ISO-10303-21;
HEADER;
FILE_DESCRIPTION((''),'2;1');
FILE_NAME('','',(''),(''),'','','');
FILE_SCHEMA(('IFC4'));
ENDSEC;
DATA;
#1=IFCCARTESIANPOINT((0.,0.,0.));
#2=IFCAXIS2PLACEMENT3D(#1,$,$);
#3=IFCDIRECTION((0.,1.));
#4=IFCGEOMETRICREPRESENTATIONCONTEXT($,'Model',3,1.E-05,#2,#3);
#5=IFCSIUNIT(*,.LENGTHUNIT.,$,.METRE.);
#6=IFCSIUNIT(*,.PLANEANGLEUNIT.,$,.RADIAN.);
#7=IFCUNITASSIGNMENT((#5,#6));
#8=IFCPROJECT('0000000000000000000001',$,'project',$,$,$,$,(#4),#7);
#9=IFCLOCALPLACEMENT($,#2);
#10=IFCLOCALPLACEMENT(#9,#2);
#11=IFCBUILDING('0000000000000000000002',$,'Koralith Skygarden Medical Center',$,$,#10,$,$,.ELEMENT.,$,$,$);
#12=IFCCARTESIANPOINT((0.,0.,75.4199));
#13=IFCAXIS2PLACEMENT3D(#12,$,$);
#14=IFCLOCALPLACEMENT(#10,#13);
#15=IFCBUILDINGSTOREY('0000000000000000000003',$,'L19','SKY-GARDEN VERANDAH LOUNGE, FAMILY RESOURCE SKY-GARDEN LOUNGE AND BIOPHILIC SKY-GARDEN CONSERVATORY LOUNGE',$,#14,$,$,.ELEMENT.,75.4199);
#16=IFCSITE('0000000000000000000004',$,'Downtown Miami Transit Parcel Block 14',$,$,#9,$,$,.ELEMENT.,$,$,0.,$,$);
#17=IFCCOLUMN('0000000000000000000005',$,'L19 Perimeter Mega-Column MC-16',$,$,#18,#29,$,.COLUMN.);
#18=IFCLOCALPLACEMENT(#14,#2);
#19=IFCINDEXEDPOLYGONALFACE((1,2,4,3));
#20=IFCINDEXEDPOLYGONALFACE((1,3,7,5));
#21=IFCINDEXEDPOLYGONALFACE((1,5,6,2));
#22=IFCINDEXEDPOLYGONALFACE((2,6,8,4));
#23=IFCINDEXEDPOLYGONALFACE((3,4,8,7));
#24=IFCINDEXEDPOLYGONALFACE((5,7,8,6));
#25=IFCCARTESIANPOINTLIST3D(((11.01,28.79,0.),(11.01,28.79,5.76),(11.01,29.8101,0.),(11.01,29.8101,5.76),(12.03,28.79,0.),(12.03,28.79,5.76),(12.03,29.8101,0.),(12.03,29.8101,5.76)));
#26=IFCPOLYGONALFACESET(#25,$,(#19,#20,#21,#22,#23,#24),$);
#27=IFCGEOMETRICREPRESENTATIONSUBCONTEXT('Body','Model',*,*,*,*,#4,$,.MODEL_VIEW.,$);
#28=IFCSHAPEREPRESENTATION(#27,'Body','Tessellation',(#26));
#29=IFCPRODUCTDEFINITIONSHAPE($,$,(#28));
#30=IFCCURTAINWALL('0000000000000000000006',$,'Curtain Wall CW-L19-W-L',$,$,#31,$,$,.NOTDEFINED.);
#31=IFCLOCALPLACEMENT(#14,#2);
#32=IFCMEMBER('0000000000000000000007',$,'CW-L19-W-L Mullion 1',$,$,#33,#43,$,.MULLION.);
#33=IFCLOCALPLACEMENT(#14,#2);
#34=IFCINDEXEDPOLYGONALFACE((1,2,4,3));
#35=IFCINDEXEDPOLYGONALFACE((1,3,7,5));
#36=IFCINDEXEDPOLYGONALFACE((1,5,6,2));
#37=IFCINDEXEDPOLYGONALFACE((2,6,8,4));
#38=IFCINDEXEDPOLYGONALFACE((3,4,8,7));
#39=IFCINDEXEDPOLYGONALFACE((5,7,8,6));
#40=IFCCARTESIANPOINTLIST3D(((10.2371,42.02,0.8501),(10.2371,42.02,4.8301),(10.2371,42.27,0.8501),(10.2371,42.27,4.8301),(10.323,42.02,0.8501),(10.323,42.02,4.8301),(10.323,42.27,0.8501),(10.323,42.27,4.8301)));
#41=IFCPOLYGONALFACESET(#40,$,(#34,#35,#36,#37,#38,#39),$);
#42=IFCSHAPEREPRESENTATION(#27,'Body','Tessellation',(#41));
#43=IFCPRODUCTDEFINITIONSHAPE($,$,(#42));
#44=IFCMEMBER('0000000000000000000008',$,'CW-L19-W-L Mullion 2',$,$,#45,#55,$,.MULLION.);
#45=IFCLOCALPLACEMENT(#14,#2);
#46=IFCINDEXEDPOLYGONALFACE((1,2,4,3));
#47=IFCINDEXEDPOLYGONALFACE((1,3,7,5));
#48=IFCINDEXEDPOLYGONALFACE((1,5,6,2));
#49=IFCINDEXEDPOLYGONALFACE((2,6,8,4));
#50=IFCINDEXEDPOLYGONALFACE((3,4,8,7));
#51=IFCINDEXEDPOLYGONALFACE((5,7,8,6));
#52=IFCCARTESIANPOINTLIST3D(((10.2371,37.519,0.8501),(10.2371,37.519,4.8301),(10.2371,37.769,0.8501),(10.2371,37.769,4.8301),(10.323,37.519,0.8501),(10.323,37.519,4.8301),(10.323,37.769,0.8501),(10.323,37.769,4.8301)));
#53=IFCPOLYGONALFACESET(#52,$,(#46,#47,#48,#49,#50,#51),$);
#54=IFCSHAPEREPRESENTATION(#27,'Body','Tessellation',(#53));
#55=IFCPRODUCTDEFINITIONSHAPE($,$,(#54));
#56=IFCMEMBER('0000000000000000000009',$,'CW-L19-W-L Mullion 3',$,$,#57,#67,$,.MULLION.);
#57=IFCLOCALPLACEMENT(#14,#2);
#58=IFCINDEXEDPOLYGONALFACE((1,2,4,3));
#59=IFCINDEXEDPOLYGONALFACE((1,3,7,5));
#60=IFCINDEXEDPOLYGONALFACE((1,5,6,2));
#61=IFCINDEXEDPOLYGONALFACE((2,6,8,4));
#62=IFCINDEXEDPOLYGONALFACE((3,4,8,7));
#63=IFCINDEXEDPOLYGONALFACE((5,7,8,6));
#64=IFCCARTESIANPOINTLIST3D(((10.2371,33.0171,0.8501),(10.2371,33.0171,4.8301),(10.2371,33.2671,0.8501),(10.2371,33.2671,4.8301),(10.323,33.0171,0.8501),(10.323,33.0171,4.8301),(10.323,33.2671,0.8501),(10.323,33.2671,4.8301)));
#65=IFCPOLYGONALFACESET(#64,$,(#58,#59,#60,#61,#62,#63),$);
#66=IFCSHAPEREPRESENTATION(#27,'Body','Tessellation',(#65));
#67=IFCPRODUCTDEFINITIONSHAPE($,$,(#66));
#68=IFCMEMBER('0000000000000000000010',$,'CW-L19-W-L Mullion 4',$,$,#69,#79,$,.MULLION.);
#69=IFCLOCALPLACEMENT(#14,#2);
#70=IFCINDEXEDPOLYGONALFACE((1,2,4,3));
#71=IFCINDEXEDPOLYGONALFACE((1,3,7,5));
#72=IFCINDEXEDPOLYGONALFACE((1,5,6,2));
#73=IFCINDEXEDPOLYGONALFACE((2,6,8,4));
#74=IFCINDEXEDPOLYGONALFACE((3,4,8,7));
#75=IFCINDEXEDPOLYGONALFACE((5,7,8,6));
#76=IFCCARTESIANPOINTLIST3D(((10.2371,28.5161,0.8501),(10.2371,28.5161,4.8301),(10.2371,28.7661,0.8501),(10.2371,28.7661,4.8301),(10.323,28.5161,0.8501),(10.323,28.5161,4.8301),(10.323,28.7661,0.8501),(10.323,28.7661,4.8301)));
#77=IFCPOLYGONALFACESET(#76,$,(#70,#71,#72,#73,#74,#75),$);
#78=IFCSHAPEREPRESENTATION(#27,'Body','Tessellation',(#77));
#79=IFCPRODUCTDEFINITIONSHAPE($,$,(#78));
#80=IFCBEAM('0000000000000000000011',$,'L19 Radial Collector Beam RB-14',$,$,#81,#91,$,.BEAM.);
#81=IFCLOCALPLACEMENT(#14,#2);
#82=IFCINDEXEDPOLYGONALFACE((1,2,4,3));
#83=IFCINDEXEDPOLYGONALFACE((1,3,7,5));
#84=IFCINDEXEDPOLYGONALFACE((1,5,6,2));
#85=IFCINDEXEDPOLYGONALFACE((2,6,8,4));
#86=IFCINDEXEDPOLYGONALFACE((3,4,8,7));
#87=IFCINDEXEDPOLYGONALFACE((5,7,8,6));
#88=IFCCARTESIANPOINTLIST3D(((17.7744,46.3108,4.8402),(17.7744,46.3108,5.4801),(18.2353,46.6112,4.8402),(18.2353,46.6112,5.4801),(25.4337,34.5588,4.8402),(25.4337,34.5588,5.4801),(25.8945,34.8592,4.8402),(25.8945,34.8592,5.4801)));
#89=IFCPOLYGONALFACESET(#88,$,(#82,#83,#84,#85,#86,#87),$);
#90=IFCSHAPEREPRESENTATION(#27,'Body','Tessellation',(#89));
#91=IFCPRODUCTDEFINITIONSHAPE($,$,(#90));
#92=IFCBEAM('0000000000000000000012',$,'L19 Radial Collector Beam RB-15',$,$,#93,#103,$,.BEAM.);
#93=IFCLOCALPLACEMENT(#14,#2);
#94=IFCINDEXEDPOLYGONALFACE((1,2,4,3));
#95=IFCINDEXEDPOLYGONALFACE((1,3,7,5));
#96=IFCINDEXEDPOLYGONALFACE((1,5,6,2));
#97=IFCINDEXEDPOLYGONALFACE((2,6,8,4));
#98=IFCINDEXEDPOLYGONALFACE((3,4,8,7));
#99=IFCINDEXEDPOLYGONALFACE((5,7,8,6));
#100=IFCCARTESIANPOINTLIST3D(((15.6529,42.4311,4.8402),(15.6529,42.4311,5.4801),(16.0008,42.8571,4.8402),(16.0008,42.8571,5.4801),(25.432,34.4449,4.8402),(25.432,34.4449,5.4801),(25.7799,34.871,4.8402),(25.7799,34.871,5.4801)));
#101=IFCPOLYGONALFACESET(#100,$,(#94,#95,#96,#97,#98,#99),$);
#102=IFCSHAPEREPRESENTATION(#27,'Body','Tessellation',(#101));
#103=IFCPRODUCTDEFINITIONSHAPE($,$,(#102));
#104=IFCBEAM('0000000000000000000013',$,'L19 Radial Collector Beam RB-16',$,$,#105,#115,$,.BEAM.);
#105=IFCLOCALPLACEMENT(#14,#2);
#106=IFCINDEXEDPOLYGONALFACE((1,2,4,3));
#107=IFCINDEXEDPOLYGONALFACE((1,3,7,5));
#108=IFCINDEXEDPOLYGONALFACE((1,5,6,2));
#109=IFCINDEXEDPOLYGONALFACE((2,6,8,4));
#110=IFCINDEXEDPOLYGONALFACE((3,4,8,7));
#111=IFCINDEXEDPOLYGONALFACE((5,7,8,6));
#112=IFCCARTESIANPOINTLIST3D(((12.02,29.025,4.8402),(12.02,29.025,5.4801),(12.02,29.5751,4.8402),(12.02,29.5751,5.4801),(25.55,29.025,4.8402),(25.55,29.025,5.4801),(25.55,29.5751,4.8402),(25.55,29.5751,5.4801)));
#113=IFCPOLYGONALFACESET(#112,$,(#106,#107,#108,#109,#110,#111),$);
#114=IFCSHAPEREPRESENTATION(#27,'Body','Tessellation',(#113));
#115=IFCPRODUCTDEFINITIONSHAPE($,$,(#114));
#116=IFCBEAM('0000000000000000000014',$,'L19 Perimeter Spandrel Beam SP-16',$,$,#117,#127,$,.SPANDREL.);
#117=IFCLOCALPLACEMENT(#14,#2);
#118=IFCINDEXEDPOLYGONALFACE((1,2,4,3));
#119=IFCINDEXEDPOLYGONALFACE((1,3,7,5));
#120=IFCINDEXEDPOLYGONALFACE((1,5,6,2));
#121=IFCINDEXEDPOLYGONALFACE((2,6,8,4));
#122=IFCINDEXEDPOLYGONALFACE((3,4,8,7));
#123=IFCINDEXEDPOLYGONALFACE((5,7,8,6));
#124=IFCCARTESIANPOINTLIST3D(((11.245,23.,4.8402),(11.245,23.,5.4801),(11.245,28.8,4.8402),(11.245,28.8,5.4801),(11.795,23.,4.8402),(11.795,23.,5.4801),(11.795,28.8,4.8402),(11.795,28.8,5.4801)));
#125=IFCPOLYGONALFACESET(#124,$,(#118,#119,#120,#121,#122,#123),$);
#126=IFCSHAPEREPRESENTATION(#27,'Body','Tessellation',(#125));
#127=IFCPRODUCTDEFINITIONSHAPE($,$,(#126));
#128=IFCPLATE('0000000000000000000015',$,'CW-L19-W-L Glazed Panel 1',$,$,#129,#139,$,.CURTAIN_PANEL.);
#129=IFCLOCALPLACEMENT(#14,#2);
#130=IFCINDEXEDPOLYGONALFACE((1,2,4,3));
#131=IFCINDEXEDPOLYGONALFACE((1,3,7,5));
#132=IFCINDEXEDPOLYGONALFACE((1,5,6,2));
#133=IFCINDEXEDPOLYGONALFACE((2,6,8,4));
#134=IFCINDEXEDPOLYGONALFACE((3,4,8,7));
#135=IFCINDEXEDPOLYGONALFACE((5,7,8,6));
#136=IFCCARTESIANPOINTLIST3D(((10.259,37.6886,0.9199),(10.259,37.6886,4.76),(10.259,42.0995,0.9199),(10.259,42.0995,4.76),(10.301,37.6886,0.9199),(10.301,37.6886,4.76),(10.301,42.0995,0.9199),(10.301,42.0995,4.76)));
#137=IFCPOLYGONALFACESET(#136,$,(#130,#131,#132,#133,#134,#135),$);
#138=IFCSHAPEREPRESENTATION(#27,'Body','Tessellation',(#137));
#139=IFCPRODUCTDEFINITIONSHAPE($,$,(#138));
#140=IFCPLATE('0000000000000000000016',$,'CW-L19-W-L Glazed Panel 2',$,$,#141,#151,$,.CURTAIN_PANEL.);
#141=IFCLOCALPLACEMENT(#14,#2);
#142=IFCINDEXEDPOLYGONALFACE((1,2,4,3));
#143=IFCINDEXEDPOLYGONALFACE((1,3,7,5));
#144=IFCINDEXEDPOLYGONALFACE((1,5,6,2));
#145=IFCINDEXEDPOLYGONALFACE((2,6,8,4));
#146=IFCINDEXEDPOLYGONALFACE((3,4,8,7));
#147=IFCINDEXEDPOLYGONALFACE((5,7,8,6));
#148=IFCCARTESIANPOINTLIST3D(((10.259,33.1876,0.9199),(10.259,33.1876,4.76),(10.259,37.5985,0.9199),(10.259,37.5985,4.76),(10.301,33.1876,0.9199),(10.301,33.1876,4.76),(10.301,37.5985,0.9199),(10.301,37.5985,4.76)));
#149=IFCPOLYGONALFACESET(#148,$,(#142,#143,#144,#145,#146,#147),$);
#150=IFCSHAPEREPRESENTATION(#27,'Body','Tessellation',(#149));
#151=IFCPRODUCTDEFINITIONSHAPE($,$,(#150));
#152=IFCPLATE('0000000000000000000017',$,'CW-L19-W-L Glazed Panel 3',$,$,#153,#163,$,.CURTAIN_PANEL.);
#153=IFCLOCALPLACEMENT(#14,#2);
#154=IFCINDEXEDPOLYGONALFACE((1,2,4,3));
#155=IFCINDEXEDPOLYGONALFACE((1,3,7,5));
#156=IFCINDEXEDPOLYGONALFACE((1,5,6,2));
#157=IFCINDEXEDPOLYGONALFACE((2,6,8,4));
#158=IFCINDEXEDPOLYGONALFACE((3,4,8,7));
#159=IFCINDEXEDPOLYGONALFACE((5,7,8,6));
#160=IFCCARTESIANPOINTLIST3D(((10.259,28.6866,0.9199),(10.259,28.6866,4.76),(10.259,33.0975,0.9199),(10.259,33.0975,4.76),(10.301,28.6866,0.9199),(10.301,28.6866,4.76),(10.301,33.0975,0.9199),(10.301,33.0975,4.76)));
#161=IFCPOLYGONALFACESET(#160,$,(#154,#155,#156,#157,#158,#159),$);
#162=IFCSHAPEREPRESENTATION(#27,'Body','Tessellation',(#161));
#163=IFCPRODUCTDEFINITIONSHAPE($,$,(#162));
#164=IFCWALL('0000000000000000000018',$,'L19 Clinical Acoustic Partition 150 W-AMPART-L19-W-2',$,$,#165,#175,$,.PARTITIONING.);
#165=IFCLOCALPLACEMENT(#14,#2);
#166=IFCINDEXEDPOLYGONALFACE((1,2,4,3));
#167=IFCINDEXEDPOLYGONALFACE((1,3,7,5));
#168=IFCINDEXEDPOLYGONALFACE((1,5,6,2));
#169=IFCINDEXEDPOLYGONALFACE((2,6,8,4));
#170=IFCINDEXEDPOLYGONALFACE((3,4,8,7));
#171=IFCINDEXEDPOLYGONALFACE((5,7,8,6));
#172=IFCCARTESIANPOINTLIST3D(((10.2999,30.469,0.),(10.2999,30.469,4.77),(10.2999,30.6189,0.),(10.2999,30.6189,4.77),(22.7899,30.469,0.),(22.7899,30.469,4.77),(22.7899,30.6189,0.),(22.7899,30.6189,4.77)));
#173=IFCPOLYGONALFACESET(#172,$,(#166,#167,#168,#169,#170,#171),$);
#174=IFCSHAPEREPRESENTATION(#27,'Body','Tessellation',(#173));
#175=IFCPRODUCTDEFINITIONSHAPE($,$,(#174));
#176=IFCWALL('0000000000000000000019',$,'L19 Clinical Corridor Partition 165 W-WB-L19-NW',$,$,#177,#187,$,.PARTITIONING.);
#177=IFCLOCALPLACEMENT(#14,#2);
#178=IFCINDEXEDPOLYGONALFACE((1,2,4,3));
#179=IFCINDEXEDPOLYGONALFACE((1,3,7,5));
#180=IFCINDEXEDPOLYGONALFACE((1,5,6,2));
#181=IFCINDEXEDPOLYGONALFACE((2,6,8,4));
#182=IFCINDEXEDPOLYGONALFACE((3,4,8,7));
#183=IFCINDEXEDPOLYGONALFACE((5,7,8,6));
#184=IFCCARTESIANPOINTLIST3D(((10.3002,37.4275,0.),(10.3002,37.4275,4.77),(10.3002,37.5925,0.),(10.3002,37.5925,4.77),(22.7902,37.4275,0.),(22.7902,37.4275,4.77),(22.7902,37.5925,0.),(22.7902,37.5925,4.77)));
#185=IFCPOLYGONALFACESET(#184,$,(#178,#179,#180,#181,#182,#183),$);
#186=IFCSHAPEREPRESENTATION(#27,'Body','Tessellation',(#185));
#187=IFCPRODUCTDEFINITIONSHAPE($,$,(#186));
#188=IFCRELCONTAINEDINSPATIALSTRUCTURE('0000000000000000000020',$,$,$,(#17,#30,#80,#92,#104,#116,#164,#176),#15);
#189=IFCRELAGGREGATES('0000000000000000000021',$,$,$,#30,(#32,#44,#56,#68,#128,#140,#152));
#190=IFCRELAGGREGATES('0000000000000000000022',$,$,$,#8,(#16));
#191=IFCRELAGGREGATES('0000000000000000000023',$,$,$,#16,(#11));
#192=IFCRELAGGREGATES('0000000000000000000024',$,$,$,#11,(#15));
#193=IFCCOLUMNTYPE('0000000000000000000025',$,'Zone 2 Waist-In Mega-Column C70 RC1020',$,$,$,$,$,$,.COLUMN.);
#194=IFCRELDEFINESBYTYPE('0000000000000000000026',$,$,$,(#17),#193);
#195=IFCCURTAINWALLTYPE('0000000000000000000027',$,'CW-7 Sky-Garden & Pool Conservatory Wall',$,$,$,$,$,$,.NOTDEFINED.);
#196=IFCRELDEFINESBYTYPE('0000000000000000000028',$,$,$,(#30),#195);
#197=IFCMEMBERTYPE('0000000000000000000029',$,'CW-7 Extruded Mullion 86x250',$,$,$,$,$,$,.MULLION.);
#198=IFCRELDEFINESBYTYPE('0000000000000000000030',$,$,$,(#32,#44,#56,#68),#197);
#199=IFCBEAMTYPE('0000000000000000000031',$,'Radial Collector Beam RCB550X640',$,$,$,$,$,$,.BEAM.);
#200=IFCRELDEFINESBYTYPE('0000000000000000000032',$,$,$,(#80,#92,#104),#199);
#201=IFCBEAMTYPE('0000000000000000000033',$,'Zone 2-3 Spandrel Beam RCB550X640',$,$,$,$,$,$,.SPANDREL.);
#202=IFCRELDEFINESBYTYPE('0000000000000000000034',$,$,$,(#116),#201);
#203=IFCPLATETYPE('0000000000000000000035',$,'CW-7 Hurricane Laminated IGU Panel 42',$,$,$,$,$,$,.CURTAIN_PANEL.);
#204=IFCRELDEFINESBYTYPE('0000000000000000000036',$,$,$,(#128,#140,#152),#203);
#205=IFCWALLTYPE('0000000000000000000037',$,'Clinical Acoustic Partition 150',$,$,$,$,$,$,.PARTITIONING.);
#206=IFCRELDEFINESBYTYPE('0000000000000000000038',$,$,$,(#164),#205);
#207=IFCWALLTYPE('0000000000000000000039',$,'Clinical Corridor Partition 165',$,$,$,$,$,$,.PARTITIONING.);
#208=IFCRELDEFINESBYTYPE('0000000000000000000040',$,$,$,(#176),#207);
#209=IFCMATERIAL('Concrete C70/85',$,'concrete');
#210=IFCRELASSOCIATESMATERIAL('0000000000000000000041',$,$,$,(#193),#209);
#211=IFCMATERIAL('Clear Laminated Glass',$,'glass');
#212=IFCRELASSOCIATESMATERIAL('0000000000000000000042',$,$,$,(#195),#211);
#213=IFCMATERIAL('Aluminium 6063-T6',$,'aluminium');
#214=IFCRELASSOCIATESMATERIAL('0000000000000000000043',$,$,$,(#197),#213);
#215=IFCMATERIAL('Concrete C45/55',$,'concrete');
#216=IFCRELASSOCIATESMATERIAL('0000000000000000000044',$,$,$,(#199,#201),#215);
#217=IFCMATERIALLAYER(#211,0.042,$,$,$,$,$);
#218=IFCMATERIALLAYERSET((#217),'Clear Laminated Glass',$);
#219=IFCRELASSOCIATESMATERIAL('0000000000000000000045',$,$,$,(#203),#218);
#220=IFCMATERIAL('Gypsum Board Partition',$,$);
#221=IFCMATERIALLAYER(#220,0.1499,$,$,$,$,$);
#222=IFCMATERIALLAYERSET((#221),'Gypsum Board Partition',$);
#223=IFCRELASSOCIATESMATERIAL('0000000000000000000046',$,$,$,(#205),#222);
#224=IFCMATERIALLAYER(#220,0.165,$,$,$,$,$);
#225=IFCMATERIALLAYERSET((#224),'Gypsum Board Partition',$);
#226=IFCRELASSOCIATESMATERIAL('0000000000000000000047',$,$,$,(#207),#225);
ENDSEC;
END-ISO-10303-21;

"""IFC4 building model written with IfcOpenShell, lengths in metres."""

from ifc_helpers import new_model, si_unit, direction, frame, frame_2d, origin, origin_2d, place, context, subcontext, project, spatial, rectangle, extrude, material, layer, layer_set, material_profile, profile_set, type_object, element, aggregate, save


model = new_model("IFC4")

# Units and contexts
model_context = context("Model", 3, precision=1e-05, world=origin(), true_north=direction((0.0, 1.0)))
body_context = subcontext(model_context, "Body", "Model", "MODEL_VIEW")
ifc_project = project(units=[si_unit("LENGTHUNIT", "METRE"), si_unit("PLANEANGLEUNIT", "RADIAN")], contexts=[model_context])

# Site, building, storey
site_placement = place(None, origin())
site = spatial("IfcSite", under=ifc_project, at=site_placement, Name="Downtown Miami Transit Parcel Block 14", CompositionType="ELEMENT", RefElevation=0.0)
building_placement = place(site_placement, origin())
building = spatial("IfcBuilding", under=site, at=building_placement, Name="Koralith Skygarden Medical Center", CompositionType="ELEMENT")
storey_placement = place(building_placement, frame((0.0, 0.0, 75.4199)))
storey = spatial("IfcBuildingStorey", under=building, at=storey_placement, Name="L19", Description="SKY-GARDEN VERANDAH LOUNGE, FAMILY RESOURCE SKY-GARDEN LOUNGE AND BIOPHILIC SKY-GARDEN CONSERVATORY LOUNGE", CompositionType="ELEMENT", Elevation=75.4199)

# Column
ifc_material_1 = material(Name="Concrete C70/85", Category="concrete")
ifc_material_profile_1 = material_profile(ifc_material_1, rectangle(XDim=1.02, YDim=1.02, at=origin_2d()), Name="RC1020X1020")
ifc_profile_set_1 = profile_set([ifc_material_profile_1], Name="Concrete C70/85")
column_type = type_object("IfcColumnType", Name="Zone 2 Waist-In Mega-Column C70 RC1020", PredefinedType="COLUMN", material=ifc_profile_set_1)
column_placement = place(storey_placement, frame((11.52, 29.3, 0.0), z_axis=(0.0, 0.0, 1.0), x_axis=(1.0, 0.0, 0.0)))
element("IfcColumn", 1, at=column_placement, inside=storey, type_object=column_type, Name="L19 Perimeter Mega-Column MC-16", PredefinedType="COLUMN", context=body_context, shape_type="SweptSolid", body=[
    extrude(rectangle(XDim=1.02, YDim=1.02, at=origin_2d()), origin(), (0.0, 0.0, 1.0), 5.76),
])

# Curtain wall, members
ifc_material_2 = material(Name="Clear Laminated Glass", Category="glass")
curtain_wall_type = type_object("IfcCurtainWallType", Name="CW-7 Sky-Garden & Pool Conservatory Wall", PredefinedType="NOTDEFINED", material=ifc_material_2)
curtain_wall_placement = place(storey_placement, origin())
curtain_wall = element("IfcCurtainWall", 2, at=curtain_wall_placement, inside=storey, type_object=curtain_wall_type, Name="Curtain Wall CW-L19-W-L", PredefinedType="NOTDEFINED")
ifc_material_3 = material(Name="Aluminium 6063-T6", Category="aluminium")
ifc_material_profile_2 = material_profile(ifc_material_3, rectangle(XDim=0.0859, YDim=0.25, at=origin_2d()), Name="MUL86X250")
ifc_profile_set_2 = profile_set([ifc_material_profile_2], Name="Aluminium 6063-T6")
member_type = type_object("IfcMemberType", Name="CW-7 Extruded Mullion 86x250", PredefinedType="MULLION", material=ifc_profile_set_2)
member_1_placement = place(storey_placement, frame((10.28, 42.145, 0.8501), z_axis=(0.0, 0.0, 1.0), x_axis=(1.0, 0.0, 0.0)))
member_1 = element("IfcMember", 3, at=member_1_placement, type_object=member_type, Name="CW-L19-W-L Mullion 1", PredefinedType="MULLION", context=body_context, shape_type="SweptSolid", body=[
    extrude(rectangle(XDim=0.0859, YDim=0.25, at=origin_2d()), origin(), (0.0, 0.0, 1.0), 3.98),
])
member_2_placement = place(storey_placement, frame((10.28, 37.644, 0.8501), z_axis=(0.0, 0.0, 1.0), x_axis=(1.0, 0.0, 0.0)))
member_2 = element("IfcMember", 4, at=member_2_placement, type_object=member_type, Name="CW-L19-W-L Mullion 2", PredefinedType="MULLION", context=body_context, shape_type="SweptSolid", body=[
    extrude(rectangle(XDim=0.0859, YDim=0.25, at=origin_2d()), origin(), (0.0, 0.0, 1.0), 3.98),
])
member_3_placement = place(storey_placement, frame((10.28, 33.1421, 0.8501), z_axis=(0.0, 0.0, 1.0), x_axis=(1.0, 0.0, 0.0)))
member_3 = element("IfcMember", 5, at=member_3_placement, type_object=member_type, Name="CW-L19-W-L Mullion 3", PredefinedType="MULLION", context=body_context, shape_type="SweptSolid", body=[
    extrude(rectangle(XDim=0.0859, YDim=0.25, at=origin_2d()), origin(), (0.0, 0.0, 1.0), 3.98),
])
member_4_placement = place(storey_placement, frame((10.28, 28.6411, 0.8501), z_axis=(0.0, 0.0, 1.0), x_axis=(1.0, 0.0, 0.0)))
member_4 = element("IfcMember", 6, at=member_4_placement, type_object=member_type, Name="CW-L19-W-L Mullion 4", PredefinedType="MULLION", context=body_context, shape_type="SweptSolid", body=[
    extrude(rectangle(XDim=0.0859, YDim=0.25, at=origin_2d()), origin(), (0.0, 0.0, 1.0), 3.98),
])

# Beams
ifc_material_4 = material(Name="Concrete C45/55", Category="concrete")
ifc_material_profile_3 = material_profile(ifc_material_4, rectangle(XDim=0.55, YDim=0.6399, at=origin_2d()), Name="RCB550X640")
ifc_profile_set_3 = profile_set([ifc_material_profile_3], Name="Concrete C45/55")
beam_type_1 = type_object("IfcBeamType", Name="Radial Collector Beam RCB550X640", PredefinedType="BEAM", material=ifc_profile_set_3)
beam_1_placement = place(storey_placement, frame((25.6641, 34.709, 5.1602), z_axis=(-0.546011, 0.837778, 0.0), x_axis=(-0.837778, -0.546011, 0.0)))
element("IfcBeam", 7, at=beam_1_placement, inside=storey, type_object=beam_type_1, Name="L19 Radial Collector Beam RB-14", PredefinedType="BEAM", context=body_context, shape_type="SweptSolid", body=[
    extrude(rectangle(XDim=0.55, YDim=0.6399, at=origin_2d()), origin(), (0.0, 0.0, 1.0), 14.0276),
])
beam_2_placement = place(storey_placement, frame((25.606, 34.658, 5.1602), z_axis=(-0.774538, 0.632528, 0.0), x_axis=(-0.632528, -0.774538, 0.0)))
element("IfcBeam", 8, at=beam_2_placement, inside=storey, type_object=beam_type_1, Name="L19 Radial Collector Beam RB-15", PredefinedType="BEAM", context=body_context, shape_type="SweptSolid", body=[
    extrude(rectangle(XDim=0.55, YDim=0.6399, at=origin_2d()), origin(), (0.0, 0.0, 1.0), 12.6257),
])
beam_3_placement = place(storey_placement, frame((25.55, 29.3, 5.1602), z_axis=(-1.0, 0.0, 0.0), x_axis=(0.0, -1.0, 0.0)))
element("IfcBeam", 9, at=beam_3_placement, inside=storey, type_object=beam_type_1, Name="L19 Radial Collector Beam RB-16", PredefinedType="BEAM", context=body_context, shape_type="SweptSolid", body=[
    extrude(rectangle(XDim=0.55, YDim=0.6399, at=origin_2d()), origin(), (0.0, 0.0, 1.0), 13.53),
])
ifc_material_profile_4 = material_profile(ifc_material_4, rectangle(XDim=0.55, YDim=0.6399, at=origin_2d()), Name="RCB550X640")
ifc_profile_set_4 = profile_set([ifc_material_profile_4], Name="Concrete C45/55")
beam_type_2 = type_object("IfcBeamType", Name="Zone 2-3 Spandrel Beam RCB550X640", PredefinedType="SPANDREL", material=ifc_profile_set_4)
beam_4_placement = place(storey_placement, frame((11.52, 28.8, 5.1602), z_axis=(0.0, -1.0, 0.0), x_axis=(1.0, 0.0, 0.0)))
element("IfcBeam", 10, at=beam_4_placement, inside=storey, type_object=beam_type_2, Name="L19 Perimeter Spandrel Beam SP-16", PredefinedType="SPANDREL", context=body_context, shape_type="SweptSolid", body=[
    extrude(rectangle(XDim=0.55, YDim=0.6399, at=origin_2d()), origin(), (0.0, 0.0, 1.0), 5.8),
])

# Plates
ifc_layer_1 = layer(ifc_material_2, 0.042)
ifc_layer_set_1 = layer_set([ifc_layer_1], Name="Clear Laminated Glass")
plate_type = type_object("IfcPlateType", Name="CW-7 Hurricane Laminated IGU Panel 42", PredefinedType="CURTAIN_PANEL", material=ifc_layer_set_1)
plate_1_placement = place(storey_placement, frame((10.28, 39.894, 0.9199), z_axis=(0.0, 0.0, 1.0), x_axis=(0.0, -1.0, 0.0)))
plate_1 = element("IfcPlate", 11, at=plate_1_placement, type_object=plate_type, Name="CW-L19-W-L Glazed Panel 1", PredefinedType="CURTAIN_PANEL", context=body_context, shape_type="SweptSolid", body=[
    extrude(rectangle(XDim=4.4109, YDim=0.042, at=origin_2d()), origin(), (0.0, 0.0, 1.0), 3.8401),
])
plate_2_placement = place(storey_placement, frame((10.28, 35.3931, 0.9199), z_axis=(0.0, 0.0, 1.0), x_axis=(0.0, -1.0, 0.0)))
plate_2 = element("IfcPlate", 12, at=plate_2_placement, type_object=plate_type, Name="CW-L19-W-L Glazed Panel 2", PredefinedType="CURTAIN_PANEL", context=body_context, shape_type="SweptSolid", body=[
    extrude(rectangle(XDim=4.4109, YDim=0.042, at=origin_2d()), origin(), (0.0, 0.0, 1.0), 3.8401),
])
plate_3_placement = place(storey_placement, frame((10.28, 30.8921, 0.9199), z_axis=(0.0, 0.0, 1.0), x_axis=(0.0, -1.0, 0.0)))
plate_3 = element("IfcPlate", 13, at=plate_3_placement, type_object=plate_type, Name="CW-L19-W-L Glazed Panel 3", PredefinedType="CURTAIN_PANEL", context=body_context, shape_type="SweptSolid", body=[
    extrude(rectangle(XDim=4.4109, YDim=0.042, at=origin_2d()), origin(), (0.0, 0.0, 1.0), 3.8401),
])
aggregate(curtain_wall, [member_1, member_2, member_3, member_4, plate_1, plate_2, plate_3])

# Walls
ifc_material_5 = material(Name="Gypsum Board Partition")
ifc_layer_2 = layer(ifc_material_5, 0.1499)
ifc_layer_set_2 = layer_set([ifc_layer_2], Name="Gypsum Board Partition")
wall_type_1 = type_object("IfcWallType", Name="Clinical Acoustic Partition 150", PredefinedType="PARTITIONING", material=ifc_layer_set_2)
wall_1_placement = place(storey_placement, frame((22.79, 30.5439, 0.0), z_axis=(0.0, 0.0, 1.0), x_axis=(-1.0, 0.0, 0.0)))
element("IfcWall", 14, at=wall_1_placement, inside=storey, type_object=wall_type_1, Name="L19 Clinical Acoustic Partition 150 W-AMPART-L19-W-2", PredefinedType="PARTITIONING", context=body_context, shape_type="SweptSolid", body=[
    extrude(rectangle(XDim=12.49, YDim=0.1499, at=frame_2d((6.2451, 0.0))), origin(), (0.0, 0.0, 1.0), 4.77),
])
ifc_layer_3 = layer(ifc_material_5, 0.165)
ifc_layer_set_3 = layer_set([ifc_layer_3], Name="Gypsum Board Partition")
wall_type_2 = type_object("IfcWallType", Name="Clinical Corridor Partition 165", PredefinedType="PARTITIONING", material=ifc_layer_set_3)
wall_2_placement = place(storey_placement, frame((10.3, 37.51, 0.0), z_axis=(0.0, 0.0, 1.0), x_axis=(1.0, 0.0, 0.0)))
element("IfcWall", 15, at=wall_2_placement, inside=storey, type_object=wall_type_2, Name="L19 Clinical Corridor Partition 165 W-WB-L19-NW", PredefinedType="PARTITIONING", context=body_context, shape_type="SweptSolid", body=[
    extrude(rectangle(XDim=12.49, YDim=0.165, at=frame_2d((6.2451, 0.0))), origin(), (0.0, 0.0, 1.0), 4.77),
])

save(model, "model.ifc")
